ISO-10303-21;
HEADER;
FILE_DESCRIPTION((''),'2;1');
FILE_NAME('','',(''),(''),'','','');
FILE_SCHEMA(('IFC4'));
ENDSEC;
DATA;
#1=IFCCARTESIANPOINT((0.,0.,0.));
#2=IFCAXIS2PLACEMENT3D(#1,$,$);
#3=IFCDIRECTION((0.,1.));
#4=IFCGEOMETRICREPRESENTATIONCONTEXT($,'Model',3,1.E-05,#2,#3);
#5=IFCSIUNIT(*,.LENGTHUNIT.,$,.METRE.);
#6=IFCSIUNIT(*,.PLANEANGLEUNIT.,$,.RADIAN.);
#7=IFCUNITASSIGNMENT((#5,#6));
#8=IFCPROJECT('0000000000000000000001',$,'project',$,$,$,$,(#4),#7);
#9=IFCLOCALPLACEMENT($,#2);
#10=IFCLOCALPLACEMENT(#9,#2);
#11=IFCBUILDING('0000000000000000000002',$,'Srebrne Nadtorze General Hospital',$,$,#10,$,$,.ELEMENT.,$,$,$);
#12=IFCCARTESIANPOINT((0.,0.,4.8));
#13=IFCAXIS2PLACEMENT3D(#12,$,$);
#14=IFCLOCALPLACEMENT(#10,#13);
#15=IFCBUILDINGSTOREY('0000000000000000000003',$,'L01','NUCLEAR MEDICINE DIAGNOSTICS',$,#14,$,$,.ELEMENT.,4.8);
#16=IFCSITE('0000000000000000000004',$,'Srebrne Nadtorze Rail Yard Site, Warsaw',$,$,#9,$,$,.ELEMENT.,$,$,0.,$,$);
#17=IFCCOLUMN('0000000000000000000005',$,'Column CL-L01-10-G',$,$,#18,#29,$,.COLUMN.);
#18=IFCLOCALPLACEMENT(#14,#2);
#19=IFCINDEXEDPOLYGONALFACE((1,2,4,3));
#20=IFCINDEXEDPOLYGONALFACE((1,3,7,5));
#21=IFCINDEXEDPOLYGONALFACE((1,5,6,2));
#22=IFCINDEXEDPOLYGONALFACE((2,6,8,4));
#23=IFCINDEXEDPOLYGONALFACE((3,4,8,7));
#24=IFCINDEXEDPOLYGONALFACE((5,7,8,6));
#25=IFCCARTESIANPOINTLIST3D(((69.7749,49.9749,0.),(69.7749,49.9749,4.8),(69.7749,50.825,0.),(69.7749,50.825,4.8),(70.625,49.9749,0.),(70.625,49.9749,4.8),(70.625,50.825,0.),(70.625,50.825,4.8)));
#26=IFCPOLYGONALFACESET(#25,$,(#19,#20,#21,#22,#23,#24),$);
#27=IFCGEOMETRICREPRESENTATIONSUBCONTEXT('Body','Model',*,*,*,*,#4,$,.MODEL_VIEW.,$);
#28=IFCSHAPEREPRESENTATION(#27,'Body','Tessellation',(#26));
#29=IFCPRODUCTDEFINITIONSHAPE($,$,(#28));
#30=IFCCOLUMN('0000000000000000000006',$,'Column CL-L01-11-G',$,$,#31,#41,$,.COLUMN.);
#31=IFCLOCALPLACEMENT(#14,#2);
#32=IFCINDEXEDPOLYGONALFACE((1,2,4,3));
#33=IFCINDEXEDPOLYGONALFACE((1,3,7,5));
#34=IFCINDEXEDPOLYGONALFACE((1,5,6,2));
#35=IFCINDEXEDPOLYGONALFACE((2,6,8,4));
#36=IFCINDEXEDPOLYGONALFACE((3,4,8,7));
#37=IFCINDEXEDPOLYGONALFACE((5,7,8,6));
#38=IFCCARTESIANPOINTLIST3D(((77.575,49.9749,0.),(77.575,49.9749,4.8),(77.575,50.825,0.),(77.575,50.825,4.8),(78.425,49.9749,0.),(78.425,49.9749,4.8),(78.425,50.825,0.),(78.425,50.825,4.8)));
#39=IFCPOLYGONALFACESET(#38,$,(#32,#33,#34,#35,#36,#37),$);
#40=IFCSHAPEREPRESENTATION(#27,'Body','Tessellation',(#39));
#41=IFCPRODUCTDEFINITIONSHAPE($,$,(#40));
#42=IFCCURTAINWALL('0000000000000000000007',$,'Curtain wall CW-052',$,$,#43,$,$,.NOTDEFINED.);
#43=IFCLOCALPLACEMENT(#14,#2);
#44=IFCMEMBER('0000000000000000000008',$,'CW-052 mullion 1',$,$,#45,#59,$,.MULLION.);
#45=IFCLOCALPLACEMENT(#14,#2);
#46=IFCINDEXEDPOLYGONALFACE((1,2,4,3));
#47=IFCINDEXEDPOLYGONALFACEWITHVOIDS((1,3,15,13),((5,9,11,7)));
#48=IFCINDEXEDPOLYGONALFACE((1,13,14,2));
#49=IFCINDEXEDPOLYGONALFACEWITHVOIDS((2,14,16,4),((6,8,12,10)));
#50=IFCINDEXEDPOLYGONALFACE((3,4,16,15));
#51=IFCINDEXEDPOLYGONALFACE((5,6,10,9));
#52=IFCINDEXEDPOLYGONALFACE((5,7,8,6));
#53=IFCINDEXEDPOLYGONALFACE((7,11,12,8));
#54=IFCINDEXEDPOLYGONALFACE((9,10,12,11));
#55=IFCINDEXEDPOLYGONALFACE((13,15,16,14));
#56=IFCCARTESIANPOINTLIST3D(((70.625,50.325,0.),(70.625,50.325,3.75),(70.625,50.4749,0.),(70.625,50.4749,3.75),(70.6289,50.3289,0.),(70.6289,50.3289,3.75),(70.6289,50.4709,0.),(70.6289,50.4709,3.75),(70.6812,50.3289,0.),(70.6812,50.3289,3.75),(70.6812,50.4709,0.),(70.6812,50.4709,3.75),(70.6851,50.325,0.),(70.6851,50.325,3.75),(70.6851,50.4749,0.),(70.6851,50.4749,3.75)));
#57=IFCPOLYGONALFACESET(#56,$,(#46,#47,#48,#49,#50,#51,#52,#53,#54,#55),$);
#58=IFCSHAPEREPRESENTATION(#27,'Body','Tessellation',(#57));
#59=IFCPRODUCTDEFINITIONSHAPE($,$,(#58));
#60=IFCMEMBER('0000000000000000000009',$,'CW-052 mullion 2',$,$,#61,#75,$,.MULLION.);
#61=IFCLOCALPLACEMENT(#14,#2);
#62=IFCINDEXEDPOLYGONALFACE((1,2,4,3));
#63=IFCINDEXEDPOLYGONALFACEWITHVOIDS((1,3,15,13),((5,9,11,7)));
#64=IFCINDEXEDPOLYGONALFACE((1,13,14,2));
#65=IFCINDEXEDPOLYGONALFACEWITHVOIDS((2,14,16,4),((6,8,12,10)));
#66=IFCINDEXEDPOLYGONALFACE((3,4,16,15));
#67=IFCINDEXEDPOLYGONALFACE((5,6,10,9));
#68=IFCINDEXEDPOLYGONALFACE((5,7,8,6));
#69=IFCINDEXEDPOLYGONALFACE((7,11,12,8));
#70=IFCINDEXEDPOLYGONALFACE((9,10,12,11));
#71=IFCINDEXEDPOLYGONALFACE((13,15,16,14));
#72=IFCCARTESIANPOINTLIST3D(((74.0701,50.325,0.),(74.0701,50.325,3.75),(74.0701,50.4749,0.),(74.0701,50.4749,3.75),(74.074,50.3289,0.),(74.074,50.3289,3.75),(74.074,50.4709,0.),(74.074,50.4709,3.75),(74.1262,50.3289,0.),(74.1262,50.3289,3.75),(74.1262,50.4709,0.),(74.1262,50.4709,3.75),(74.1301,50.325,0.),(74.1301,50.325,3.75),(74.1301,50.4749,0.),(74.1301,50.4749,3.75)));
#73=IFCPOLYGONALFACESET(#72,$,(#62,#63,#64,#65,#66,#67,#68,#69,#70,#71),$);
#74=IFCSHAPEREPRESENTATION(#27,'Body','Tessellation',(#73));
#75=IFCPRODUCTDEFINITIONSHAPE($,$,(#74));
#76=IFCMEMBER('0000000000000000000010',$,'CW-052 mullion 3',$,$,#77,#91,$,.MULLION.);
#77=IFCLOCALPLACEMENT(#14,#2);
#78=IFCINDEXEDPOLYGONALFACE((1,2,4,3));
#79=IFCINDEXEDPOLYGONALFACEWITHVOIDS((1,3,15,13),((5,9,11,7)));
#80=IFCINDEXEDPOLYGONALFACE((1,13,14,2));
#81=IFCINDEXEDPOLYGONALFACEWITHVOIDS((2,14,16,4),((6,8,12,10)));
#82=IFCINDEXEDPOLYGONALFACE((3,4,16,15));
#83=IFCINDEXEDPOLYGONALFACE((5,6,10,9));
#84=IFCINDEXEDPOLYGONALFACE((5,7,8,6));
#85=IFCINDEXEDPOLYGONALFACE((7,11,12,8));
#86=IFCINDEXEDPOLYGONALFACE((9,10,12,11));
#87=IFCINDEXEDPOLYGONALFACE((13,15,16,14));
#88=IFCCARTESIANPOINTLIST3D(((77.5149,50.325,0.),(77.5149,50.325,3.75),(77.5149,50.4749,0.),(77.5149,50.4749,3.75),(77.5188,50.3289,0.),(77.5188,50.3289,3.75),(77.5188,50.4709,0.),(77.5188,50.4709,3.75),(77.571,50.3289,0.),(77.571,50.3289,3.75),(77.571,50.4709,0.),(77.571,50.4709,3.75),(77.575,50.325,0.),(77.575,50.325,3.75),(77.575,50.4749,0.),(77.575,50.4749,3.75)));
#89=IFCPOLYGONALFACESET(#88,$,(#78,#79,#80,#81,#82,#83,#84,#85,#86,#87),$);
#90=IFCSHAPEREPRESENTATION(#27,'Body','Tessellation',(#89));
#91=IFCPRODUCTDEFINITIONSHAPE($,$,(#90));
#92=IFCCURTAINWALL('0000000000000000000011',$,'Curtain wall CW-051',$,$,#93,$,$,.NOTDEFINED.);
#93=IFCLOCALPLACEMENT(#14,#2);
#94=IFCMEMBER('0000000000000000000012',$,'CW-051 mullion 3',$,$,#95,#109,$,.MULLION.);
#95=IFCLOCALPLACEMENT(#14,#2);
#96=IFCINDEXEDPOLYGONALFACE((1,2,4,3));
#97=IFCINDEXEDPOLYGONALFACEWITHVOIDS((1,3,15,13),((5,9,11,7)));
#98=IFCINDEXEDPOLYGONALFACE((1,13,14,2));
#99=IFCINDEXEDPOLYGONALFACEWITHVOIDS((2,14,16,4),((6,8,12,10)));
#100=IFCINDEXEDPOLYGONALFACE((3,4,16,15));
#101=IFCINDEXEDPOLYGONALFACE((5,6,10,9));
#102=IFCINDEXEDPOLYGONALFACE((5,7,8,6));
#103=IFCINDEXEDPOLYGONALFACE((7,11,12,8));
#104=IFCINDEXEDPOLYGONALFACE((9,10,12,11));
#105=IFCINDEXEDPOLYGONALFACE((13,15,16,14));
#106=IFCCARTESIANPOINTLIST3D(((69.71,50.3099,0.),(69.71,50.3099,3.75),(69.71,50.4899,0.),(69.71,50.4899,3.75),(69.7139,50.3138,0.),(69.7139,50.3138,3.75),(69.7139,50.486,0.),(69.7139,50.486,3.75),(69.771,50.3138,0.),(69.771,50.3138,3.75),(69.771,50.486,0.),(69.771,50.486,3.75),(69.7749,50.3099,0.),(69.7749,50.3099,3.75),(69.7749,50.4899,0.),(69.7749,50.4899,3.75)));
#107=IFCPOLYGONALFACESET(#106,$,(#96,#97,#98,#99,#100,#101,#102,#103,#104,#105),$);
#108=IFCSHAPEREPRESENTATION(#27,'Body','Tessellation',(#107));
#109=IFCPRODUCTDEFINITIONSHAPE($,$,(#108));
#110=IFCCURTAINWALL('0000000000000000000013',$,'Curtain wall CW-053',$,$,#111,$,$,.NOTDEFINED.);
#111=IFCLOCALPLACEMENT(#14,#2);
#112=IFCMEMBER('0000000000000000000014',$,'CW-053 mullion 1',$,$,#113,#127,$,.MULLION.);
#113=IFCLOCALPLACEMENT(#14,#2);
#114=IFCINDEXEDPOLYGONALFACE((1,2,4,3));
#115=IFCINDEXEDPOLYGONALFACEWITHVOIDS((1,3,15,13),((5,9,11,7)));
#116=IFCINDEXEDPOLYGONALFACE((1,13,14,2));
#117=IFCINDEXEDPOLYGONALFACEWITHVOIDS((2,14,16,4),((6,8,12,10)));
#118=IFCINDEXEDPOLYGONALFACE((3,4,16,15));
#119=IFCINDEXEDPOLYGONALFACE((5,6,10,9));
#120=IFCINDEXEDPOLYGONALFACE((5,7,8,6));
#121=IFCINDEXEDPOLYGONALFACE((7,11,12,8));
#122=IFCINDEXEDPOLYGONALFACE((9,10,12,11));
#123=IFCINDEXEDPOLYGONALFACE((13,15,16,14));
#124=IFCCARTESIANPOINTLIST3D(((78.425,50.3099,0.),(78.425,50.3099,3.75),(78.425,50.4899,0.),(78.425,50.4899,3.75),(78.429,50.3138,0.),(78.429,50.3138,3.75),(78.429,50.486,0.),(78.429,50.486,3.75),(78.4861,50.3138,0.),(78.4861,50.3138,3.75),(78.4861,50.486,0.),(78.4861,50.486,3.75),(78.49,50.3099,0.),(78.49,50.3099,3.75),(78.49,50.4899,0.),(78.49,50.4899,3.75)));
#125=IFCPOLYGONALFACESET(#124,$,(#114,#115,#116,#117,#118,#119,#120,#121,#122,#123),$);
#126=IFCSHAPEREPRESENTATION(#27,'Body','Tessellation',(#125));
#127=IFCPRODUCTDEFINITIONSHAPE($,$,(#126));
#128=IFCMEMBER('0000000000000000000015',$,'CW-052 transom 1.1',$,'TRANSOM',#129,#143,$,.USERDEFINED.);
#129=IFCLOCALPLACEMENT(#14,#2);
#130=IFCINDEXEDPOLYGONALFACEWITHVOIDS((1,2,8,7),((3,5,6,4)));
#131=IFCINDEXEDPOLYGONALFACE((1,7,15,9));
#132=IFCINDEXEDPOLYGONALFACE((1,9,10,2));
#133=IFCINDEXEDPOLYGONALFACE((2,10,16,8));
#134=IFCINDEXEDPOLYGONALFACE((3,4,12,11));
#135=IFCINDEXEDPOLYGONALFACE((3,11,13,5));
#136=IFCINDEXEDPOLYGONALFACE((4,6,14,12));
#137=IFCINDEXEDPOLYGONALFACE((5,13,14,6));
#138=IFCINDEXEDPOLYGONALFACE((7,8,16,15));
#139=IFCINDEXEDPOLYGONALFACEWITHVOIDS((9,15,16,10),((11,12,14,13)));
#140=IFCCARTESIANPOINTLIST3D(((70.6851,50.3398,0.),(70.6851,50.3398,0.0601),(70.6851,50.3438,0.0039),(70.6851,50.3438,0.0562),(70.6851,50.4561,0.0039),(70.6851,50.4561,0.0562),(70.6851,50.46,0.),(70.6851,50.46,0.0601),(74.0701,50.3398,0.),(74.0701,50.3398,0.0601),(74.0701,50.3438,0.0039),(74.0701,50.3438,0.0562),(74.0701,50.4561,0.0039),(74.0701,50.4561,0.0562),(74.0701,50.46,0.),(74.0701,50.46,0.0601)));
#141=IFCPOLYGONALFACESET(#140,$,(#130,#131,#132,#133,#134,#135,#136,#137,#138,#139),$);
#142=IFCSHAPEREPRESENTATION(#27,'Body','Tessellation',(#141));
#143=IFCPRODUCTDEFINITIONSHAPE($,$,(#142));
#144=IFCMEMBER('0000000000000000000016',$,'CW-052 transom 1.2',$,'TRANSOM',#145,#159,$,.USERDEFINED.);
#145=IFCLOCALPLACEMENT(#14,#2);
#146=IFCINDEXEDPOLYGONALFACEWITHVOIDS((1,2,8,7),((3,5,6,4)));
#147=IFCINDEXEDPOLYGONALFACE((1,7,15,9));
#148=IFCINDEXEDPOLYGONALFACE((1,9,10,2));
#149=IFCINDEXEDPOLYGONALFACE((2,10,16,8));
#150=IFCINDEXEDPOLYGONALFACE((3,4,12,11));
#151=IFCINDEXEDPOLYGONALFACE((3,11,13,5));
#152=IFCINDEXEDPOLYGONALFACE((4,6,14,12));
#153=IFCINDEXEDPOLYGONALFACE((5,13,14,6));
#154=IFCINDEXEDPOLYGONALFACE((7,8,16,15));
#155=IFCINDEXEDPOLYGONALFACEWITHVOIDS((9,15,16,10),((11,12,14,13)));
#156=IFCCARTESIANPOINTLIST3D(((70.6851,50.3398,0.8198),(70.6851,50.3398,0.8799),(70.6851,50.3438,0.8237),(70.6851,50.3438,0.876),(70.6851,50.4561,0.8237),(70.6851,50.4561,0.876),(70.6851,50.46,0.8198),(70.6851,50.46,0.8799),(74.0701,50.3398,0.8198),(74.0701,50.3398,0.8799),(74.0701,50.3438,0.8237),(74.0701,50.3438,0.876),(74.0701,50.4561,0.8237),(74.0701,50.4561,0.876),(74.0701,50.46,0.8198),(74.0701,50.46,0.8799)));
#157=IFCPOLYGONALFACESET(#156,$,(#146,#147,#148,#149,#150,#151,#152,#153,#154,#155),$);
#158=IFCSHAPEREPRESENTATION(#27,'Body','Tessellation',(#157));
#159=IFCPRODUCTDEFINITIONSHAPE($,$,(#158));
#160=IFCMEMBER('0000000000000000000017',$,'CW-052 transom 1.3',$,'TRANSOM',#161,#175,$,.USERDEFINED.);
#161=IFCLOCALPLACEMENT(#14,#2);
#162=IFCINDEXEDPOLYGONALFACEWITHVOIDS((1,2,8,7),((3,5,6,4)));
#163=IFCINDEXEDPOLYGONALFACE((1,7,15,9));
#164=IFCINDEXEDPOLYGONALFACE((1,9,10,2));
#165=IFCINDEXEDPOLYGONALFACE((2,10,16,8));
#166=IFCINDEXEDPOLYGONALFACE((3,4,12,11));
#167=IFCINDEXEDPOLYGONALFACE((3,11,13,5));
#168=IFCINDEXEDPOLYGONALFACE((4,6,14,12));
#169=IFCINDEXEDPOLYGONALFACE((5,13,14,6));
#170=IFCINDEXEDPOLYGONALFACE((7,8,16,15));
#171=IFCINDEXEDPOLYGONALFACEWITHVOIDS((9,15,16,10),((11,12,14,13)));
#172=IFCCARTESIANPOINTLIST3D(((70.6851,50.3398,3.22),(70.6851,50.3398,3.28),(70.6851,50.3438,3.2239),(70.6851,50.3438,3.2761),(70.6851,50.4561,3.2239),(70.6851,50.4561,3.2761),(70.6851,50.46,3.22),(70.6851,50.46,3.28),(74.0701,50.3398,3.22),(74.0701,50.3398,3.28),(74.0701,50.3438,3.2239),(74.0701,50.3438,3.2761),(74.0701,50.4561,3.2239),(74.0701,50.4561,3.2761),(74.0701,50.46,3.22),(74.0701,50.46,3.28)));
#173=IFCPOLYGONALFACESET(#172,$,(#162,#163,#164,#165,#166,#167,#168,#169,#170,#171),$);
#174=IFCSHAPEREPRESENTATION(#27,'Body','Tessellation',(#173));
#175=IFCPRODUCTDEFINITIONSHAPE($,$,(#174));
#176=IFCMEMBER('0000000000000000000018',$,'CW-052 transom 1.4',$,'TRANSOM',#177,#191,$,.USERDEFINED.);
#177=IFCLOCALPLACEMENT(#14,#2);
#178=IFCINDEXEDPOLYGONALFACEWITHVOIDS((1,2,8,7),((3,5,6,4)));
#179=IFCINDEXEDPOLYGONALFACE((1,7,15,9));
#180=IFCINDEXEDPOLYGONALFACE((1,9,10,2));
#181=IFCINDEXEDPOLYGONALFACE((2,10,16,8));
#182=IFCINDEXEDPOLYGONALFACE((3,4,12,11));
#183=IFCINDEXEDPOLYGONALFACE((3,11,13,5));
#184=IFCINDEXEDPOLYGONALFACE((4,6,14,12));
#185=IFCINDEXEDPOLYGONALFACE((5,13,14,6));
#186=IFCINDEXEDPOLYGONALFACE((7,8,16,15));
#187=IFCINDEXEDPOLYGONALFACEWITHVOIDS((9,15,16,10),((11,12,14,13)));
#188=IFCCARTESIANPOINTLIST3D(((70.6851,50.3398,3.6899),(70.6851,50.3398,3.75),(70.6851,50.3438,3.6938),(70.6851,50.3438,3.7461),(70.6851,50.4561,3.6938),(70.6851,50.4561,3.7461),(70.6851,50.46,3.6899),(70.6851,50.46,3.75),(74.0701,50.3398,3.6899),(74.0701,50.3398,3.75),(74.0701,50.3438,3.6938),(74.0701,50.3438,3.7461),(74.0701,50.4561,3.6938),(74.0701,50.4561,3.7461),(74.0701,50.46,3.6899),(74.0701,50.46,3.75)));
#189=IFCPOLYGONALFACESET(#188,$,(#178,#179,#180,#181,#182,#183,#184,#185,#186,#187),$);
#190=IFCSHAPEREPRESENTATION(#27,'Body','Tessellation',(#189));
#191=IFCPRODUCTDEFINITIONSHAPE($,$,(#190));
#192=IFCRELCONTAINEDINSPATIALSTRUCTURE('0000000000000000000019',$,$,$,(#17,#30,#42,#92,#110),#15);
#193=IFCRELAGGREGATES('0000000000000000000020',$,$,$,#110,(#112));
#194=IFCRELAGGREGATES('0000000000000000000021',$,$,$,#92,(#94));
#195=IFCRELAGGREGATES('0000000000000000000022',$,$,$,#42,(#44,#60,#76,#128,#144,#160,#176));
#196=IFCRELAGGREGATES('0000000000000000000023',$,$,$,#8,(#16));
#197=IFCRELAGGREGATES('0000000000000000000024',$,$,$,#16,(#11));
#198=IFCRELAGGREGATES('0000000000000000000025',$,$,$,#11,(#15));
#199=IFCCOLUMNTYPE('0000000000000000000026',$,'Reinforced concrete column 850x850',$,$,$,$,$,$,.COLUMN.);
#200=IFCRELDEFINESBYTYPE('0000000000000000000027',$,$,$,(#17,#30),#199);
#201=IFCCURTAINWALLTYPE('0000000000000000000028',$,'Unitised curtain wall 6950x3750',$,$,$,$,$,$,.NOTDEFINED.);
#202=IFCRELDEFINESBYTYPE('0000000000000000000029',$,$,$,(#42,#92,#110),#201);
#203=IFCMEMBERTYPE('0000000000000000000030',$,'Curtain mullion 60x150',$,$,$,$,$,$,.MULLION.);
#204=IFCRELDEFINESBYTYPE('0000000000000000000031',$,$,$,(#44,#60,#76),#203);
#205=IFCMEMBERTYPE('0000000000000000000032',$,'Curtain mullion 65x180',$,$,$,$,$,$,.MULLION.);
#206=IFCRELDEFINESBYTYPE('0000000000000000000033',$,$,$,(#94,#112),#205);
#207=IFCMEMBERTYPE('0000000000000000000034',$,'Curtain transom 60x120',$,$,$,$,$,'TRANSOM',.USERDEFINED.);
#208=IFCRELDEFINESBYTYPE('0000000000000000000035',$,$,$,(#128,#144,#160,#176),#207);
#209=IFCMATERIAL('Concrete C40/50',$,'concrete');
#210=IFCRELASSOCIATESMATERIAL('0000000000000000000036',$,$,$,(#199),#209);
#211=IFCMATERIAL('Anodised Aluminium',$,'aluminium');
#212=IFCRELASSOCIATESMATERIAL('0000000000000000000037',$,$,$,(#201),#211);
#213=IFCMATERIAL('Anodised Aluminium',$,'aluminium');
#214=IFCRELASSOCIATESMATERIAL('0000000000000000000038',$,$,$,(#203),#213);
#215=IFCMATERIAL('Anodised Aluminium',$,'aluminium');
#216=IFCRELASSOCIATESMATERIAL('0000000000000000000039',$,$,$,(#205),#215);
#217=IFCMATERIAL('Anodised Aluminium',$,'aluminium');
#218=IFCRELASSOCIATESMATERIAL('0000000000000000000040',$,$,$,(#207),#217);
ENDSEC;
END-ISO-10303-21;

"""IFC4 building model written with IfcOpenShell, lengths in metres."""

from ifc_helpers import new_model, si_unit, direction, frame, origin, origin_2d, place, context, subcontext, project, spatial, rectangle, hollow_rectangle, extrude, material, material_profile, profile_set, type_object, element, aggregate, save


model = new_model("IFC4")

# Units and contexts
model_context = context("Model", 3, precision=1e-05, world=origin(), true_north=direction((0.0, 1.0)))
body_context = subcontext(model_context, "Body", "Model", "MODEL_VIEW")
ifc_project = project(units=[si_unit("LENGTHUNIT", "METRE"), si_unit("PLANEANGLEUNIT", "RADIAN")], contexts=[model_context])

# Site, building, storey
site_placement = place(None, origin())
site = spatial("IfcSite", under=ifc_project, at=site_placement, Name="Srebrne Nadtorze Rail Yard Site, Warsaw", CompositionType="ELEMENT", RefElevation=0.0)
building_placement = place(site_placement, origin())
building = spatial("IfcBuilding", under=site, at=building_placement, Name="Srebrne Nadtorze General Hospital", CompositionType="ELEMENT")
storey_placement = place(building_placement, frame((0.0, 0.0, 4.8)))
storey = spatial("IfcBuildingStorey", under=building, at=storey_placement, Name="L01", Description="NUCLEAR MEDICINE DIAGNOSTICS", CompositionType="ELEMENT", Elevation=4.8)

# Columns
ifc_material_1 = material(Name="Concrete C40/50", Category="concrete")
ifc_material_profile_1 = material_profile(ifc_material_1, rectangle(XDim=0.8501, YDim=0.8501, at=origin_2d()), Name="RC-COL-850x850")
ifc_profile_set_1 = profile_set([ifc_material_profile_1], Name="Concrete C40/50")
column_type = type_object("IfcColumnType", Name="Reinforced concrete column 850x850", PredefinedType="COLUMN", material=ifc_profile_set_1)
for number, where, z_axis, x_axis, name in (
    (1, (70.2, 50.3999, 0.0), (0.0, 0.0, 1.0), (1.0, 0.0, 0.0), "Column CL-L01-10-G"),
    (2, (78.0, 50.3999, 0.0), (0.0, 0.0, 1.0), (1.0, 0.0, 0.0), "Column CL-L01-11-G"),
):
    element("IfcColumn", number, at=place(storey_placement, frame(where, z_axis=z_axis, x_axis=x_axis)), inside=storey, type_object=column_type, Name=name, PredefinedType="COLUMN", context=body_context, shape_type="SweptSolid", body=[
        extrude(rectangle(XDim=0.8501, YDim=0.8501, at=origin_2d()), origin(), (0.0, 0.0, 1.0), 4.8),
    ])

# Curtain wall, members
ifc_material_2 = material(Name="Anodised Aluminium", Category="aluminium")
curtain_wall_type = type_object("IfcCurtainWallType", Name="Unitised curtain wall 6950x3750", PredefinedType="NOTDEFINED", material=ifc_material_2)
curtain_wall_1_placement = place(storey_placement, origin())
curtain_wall_1 = element("IfcCurtainWall", 3, at=curtain_wall_1_placement, inside=storey, type_object=curtain_wall_type, Name="Curtain wall CW-052", PredefinedType="NOTDEFINED")
ifc_material_3 = material(Name="Anodised Aluminium", Category="aluminium")
ifc_material_profile_2 = material_profile(ifc_material_3, hollow_rectangle(XDim=0.0601, YDim=0.1499, WallThickness=0.0039, at=origin_2d()), Name="AL-MUL-60x150")
ifc_profile_set_2 = profile_set([ifc_material_profile_2], Name="Anodised Aluminium")
member_type_1 = type_object("IfcMemberType", Name="Curtain mullion 60x150", PredefinedType="MULLION", material=ifc_profile_set_2)
member_1_placement = place(storey_placement, frame((70.655, 50.3999, 0.0), z_axis=(0.0, 0.0, 1.0), x_axis=(1.0, 0.0, 0.0)))
member_1 = element("IfcMember", 4, at=member_1_placement, type_object=member_type_1, Name="CW-052 mullion 1", PredefinedType="MULLION", context=body_context, shape_type="SweptSolid", body=[
    extrude(hollow_rectangle(XDim=0.0601, YDim=0.1499, WallThickness=0.0039, at=origin_2d()), origin(), (0.0, 0.0, 1.0), 3.75),
])
member_2_placement = place(storey_placement, frame((74.1001, 50.3999, 0.0), z_axis=(0.0, 0.0, 1.0), x_axis=(1.0, 0.0, 0.0)))
member_2 = element("IfcMember", 5, at=member_2_placement, type_object=member_type_1, Name="CW-052 mullion 2", PredefinedType="MULLION", context=body_context, shape_type="SweptSolid", body=[
    extrude(hollow_rectangle(XDim=0.0601, YDim=0.1499, WallThickness=0.0039, at=origin_2d()), origin(), (0.0, 0.0, 1.0), 3.75),
])
member_3_placement = place(storey_placement, frame((77.5449, 50.3999, 0.0), z_axis=(0.0, 0.0, 1.0), x_axis=(1.0, 0.0, 0.0)))
member_3 = element("IfcMember", 6, at=member_3_placement, type_object=member_type_1, Name="CW-052 mullion 3", PredefinedType="MULLION", context=body_context, shape_type="SweptSolid", body=[
    extrude(hollow_rectangle(XDim=0.0601, YDim=0.1499, WallThickness=0.0039, at=origin_2d()), origin(), (0.0, 0.0, 1.0), 3.75),
])

# Curtain walls, members
curtain_wall_2_placement = place(storey_placement, origin())
curtain_wall_2 = element("IfcCurtainWall", 7, at=curtain_wall_2_placement, inside=storey, type_object=curtain_wall_type, Name="Curtain wall CW-051", PredefinedType="NOTDEFINED")
ifc_material_4 = material(Name="Anodised Aluminium", Category="aluminium")
ifc_material_profile_3 = material_profile(ifc_material_4, hollow_rectangle(XDim=0.0649, YDim=0.1799, WallThickness=0.0039, at=origin_2d()), Name="AL-MUL-65x180")
ifc_profile_set_3 = profile_set([ifc_material_profile_3], Name="Anodised Aluminium")
member_type_2 = type_object("IfcMemberType", Name="Curtain mullion 65x180", PredefinedType="MULLION", material=ifc_profile_set_3)
member_4_placement = place(storey_placement, frame((69.7424, 50.3999, 0.0), z_axis=(0.0, 0.0, 1.0), x_axis=(1.0, 0.0, 0.0)))
member_4 = element("IfcMember", 8, at=member_4_placement, type_object=member_type_2, Name="CW-051 mullion 3", PredefinedType="MULLION", context=body_context, shape_type="SweptSolid", body=[
    extrude(hollow_rectangle(XDim=0.0649, YDim=0.1799, WallThickness=0.0039, at=origin_2d()), origin(), (0.0, 0.0, 1.0), 3.75),
])
curtain_wall_3_placement = place(storey_placement, origin())
curtain_wall_3 = element("IfcCurtainWall", 9, at=curtain_wall_3_placement, inside=storey, type_object=curtain_wall_type, Name="Curtain wall CW-053", PredefinedType="NOTDEFINED")
member_5_placement = place(storey_placement, frame((78.4575, 50.3999, 0.0), z_axis=(0.0, 0.0, 1.0), x_axis=(1.0, 0.0, 0.0)))
member_5 = element("IfcMember", 10, at=member_5_placement, type_object=member_type_2, Name="CW-053 mullion 1", PredefinedType="MULLION", context=body_context, shape_type="SweptSolid", body=[
    extrude(hollow_rectangle(XDim=0.0649, YDim=0.1799, WallThickness=0.0039, at=origin_2d()), origin(), (0.0, 0.0, 1.0), 3.75),
])
aggregate(curtain_wall_3, [member_5])

# Members
ifc_material_5 = material(Name="Anodised Aluminium", Category="aluminium")
ifc_material_profile_4 = material_profile(ifc_material_5, hollow_rectangle(XDim=0.0601, YDim=0.1201, WallThickness=0.0039, at=origin_2d()), Name="AL-TRN-60x120")
ifc_profile_set_4 = profile_set([ifc_material_profile_4], Name="Anodised Aluminium")
member_type_3 = type_object("IfcMemberType", Name="Curtain transom 60x120", ElementType="TRANSOM", PredefinedType="USERDEFINED", material=ifc_profile_set_4)
member_6_placement = place(storey_placement, frame((70.6851, 50.3999, 0.03), z_axis=(1.0, 0.0, 0.0), x_axis=(0.0, 0.0, 1.0)))
member_6 = element("IfcMember", 11, at=member_6_placement, type_object=member_type_3, Name="CW-052 transom 1.1", ObjectType="TRANSOM", PredefinedType="USERDEFINED", context=body_context, shape_type="SweptSolid", body=[
    extrude(hollow_rectangle(XDim=0.0601, YDim=0.1201, WallThickness=0.0039, at=origin_2d()), origin(), (0.0, 0.0, 1.0), 3.385),
])
member_7_placement = place(storey_placement, frame((70.6851, 50.3999, 0.8499), z_axis=(1.0, 0.0, 0.0), x_axis=(0.0, 0.0, 1.0)))
member_7 = element("IfcMember", 12, at=member_7_placement, type_object=member_type_3, Name="CW-052 transom 1.2", ObjectType="TRANSOM", PredefinedType="USERDEFINED", context=body_context, shape_type="SweptSolid", body=[
    extrude(hollow_rectangle(XDim=0.0601, YDim=0.1201, WallThickness=0.0039, at=origin_2d()), origin(), (0.0, 0.0, 1.0), 3.385),
])
member_8_placement = place(storey_placement, frame((70.6851, 50.3999, 3.25), z_axis=(1.0, 0.0, 0.0), x_axis=(0.0, 0.0, 1.0)))
member_8 = element("IfcMember", 13, at=member_8_placement, type_object=member_type_3, Name="CW-052 transom 1.3", ObjectType="TRANSOM", PredefinedType="USERDEFINED", context=body_context, shape_type="SweptSolid", body=[
    extrude(hollow_rectangle(XDim=0.0601, YDim=0.1201, WallThickness=0.0039, at=origin_2d()), origin(), (0.0, 0.0, 1.0), 3.385),
])
member_9_placement = place(storey_placement, frame((70.6851, 50.3999, 3.72), z_axis=(1.0, 0.0, 0.0), x_axis=(0.0, 0.0, 1.0)))
member_9 = element("IfcMember", 14, at=member_9_placement, type_object=member_type_3, Name="CW-052 transom 1.4", ObjectType="TRANSOM", PredefinedType="USERDEFINED", context=body_context, shape_type="SweptSolid", body=[
    extrude(hollow_rectangle(XDim=0.0601, YDim=0.1201, WallThickness=0.0039, at=origin_2d()), origin(), (0.0, 0.0, 1.0), 3.385),
])

aggregate(curtain_wall_2, [member_4])
aggregate(curtain_wall_1, [member_1, member_2, member_3, member_6, member_7, member_8, member_9])

save(model, "model.ifc")
